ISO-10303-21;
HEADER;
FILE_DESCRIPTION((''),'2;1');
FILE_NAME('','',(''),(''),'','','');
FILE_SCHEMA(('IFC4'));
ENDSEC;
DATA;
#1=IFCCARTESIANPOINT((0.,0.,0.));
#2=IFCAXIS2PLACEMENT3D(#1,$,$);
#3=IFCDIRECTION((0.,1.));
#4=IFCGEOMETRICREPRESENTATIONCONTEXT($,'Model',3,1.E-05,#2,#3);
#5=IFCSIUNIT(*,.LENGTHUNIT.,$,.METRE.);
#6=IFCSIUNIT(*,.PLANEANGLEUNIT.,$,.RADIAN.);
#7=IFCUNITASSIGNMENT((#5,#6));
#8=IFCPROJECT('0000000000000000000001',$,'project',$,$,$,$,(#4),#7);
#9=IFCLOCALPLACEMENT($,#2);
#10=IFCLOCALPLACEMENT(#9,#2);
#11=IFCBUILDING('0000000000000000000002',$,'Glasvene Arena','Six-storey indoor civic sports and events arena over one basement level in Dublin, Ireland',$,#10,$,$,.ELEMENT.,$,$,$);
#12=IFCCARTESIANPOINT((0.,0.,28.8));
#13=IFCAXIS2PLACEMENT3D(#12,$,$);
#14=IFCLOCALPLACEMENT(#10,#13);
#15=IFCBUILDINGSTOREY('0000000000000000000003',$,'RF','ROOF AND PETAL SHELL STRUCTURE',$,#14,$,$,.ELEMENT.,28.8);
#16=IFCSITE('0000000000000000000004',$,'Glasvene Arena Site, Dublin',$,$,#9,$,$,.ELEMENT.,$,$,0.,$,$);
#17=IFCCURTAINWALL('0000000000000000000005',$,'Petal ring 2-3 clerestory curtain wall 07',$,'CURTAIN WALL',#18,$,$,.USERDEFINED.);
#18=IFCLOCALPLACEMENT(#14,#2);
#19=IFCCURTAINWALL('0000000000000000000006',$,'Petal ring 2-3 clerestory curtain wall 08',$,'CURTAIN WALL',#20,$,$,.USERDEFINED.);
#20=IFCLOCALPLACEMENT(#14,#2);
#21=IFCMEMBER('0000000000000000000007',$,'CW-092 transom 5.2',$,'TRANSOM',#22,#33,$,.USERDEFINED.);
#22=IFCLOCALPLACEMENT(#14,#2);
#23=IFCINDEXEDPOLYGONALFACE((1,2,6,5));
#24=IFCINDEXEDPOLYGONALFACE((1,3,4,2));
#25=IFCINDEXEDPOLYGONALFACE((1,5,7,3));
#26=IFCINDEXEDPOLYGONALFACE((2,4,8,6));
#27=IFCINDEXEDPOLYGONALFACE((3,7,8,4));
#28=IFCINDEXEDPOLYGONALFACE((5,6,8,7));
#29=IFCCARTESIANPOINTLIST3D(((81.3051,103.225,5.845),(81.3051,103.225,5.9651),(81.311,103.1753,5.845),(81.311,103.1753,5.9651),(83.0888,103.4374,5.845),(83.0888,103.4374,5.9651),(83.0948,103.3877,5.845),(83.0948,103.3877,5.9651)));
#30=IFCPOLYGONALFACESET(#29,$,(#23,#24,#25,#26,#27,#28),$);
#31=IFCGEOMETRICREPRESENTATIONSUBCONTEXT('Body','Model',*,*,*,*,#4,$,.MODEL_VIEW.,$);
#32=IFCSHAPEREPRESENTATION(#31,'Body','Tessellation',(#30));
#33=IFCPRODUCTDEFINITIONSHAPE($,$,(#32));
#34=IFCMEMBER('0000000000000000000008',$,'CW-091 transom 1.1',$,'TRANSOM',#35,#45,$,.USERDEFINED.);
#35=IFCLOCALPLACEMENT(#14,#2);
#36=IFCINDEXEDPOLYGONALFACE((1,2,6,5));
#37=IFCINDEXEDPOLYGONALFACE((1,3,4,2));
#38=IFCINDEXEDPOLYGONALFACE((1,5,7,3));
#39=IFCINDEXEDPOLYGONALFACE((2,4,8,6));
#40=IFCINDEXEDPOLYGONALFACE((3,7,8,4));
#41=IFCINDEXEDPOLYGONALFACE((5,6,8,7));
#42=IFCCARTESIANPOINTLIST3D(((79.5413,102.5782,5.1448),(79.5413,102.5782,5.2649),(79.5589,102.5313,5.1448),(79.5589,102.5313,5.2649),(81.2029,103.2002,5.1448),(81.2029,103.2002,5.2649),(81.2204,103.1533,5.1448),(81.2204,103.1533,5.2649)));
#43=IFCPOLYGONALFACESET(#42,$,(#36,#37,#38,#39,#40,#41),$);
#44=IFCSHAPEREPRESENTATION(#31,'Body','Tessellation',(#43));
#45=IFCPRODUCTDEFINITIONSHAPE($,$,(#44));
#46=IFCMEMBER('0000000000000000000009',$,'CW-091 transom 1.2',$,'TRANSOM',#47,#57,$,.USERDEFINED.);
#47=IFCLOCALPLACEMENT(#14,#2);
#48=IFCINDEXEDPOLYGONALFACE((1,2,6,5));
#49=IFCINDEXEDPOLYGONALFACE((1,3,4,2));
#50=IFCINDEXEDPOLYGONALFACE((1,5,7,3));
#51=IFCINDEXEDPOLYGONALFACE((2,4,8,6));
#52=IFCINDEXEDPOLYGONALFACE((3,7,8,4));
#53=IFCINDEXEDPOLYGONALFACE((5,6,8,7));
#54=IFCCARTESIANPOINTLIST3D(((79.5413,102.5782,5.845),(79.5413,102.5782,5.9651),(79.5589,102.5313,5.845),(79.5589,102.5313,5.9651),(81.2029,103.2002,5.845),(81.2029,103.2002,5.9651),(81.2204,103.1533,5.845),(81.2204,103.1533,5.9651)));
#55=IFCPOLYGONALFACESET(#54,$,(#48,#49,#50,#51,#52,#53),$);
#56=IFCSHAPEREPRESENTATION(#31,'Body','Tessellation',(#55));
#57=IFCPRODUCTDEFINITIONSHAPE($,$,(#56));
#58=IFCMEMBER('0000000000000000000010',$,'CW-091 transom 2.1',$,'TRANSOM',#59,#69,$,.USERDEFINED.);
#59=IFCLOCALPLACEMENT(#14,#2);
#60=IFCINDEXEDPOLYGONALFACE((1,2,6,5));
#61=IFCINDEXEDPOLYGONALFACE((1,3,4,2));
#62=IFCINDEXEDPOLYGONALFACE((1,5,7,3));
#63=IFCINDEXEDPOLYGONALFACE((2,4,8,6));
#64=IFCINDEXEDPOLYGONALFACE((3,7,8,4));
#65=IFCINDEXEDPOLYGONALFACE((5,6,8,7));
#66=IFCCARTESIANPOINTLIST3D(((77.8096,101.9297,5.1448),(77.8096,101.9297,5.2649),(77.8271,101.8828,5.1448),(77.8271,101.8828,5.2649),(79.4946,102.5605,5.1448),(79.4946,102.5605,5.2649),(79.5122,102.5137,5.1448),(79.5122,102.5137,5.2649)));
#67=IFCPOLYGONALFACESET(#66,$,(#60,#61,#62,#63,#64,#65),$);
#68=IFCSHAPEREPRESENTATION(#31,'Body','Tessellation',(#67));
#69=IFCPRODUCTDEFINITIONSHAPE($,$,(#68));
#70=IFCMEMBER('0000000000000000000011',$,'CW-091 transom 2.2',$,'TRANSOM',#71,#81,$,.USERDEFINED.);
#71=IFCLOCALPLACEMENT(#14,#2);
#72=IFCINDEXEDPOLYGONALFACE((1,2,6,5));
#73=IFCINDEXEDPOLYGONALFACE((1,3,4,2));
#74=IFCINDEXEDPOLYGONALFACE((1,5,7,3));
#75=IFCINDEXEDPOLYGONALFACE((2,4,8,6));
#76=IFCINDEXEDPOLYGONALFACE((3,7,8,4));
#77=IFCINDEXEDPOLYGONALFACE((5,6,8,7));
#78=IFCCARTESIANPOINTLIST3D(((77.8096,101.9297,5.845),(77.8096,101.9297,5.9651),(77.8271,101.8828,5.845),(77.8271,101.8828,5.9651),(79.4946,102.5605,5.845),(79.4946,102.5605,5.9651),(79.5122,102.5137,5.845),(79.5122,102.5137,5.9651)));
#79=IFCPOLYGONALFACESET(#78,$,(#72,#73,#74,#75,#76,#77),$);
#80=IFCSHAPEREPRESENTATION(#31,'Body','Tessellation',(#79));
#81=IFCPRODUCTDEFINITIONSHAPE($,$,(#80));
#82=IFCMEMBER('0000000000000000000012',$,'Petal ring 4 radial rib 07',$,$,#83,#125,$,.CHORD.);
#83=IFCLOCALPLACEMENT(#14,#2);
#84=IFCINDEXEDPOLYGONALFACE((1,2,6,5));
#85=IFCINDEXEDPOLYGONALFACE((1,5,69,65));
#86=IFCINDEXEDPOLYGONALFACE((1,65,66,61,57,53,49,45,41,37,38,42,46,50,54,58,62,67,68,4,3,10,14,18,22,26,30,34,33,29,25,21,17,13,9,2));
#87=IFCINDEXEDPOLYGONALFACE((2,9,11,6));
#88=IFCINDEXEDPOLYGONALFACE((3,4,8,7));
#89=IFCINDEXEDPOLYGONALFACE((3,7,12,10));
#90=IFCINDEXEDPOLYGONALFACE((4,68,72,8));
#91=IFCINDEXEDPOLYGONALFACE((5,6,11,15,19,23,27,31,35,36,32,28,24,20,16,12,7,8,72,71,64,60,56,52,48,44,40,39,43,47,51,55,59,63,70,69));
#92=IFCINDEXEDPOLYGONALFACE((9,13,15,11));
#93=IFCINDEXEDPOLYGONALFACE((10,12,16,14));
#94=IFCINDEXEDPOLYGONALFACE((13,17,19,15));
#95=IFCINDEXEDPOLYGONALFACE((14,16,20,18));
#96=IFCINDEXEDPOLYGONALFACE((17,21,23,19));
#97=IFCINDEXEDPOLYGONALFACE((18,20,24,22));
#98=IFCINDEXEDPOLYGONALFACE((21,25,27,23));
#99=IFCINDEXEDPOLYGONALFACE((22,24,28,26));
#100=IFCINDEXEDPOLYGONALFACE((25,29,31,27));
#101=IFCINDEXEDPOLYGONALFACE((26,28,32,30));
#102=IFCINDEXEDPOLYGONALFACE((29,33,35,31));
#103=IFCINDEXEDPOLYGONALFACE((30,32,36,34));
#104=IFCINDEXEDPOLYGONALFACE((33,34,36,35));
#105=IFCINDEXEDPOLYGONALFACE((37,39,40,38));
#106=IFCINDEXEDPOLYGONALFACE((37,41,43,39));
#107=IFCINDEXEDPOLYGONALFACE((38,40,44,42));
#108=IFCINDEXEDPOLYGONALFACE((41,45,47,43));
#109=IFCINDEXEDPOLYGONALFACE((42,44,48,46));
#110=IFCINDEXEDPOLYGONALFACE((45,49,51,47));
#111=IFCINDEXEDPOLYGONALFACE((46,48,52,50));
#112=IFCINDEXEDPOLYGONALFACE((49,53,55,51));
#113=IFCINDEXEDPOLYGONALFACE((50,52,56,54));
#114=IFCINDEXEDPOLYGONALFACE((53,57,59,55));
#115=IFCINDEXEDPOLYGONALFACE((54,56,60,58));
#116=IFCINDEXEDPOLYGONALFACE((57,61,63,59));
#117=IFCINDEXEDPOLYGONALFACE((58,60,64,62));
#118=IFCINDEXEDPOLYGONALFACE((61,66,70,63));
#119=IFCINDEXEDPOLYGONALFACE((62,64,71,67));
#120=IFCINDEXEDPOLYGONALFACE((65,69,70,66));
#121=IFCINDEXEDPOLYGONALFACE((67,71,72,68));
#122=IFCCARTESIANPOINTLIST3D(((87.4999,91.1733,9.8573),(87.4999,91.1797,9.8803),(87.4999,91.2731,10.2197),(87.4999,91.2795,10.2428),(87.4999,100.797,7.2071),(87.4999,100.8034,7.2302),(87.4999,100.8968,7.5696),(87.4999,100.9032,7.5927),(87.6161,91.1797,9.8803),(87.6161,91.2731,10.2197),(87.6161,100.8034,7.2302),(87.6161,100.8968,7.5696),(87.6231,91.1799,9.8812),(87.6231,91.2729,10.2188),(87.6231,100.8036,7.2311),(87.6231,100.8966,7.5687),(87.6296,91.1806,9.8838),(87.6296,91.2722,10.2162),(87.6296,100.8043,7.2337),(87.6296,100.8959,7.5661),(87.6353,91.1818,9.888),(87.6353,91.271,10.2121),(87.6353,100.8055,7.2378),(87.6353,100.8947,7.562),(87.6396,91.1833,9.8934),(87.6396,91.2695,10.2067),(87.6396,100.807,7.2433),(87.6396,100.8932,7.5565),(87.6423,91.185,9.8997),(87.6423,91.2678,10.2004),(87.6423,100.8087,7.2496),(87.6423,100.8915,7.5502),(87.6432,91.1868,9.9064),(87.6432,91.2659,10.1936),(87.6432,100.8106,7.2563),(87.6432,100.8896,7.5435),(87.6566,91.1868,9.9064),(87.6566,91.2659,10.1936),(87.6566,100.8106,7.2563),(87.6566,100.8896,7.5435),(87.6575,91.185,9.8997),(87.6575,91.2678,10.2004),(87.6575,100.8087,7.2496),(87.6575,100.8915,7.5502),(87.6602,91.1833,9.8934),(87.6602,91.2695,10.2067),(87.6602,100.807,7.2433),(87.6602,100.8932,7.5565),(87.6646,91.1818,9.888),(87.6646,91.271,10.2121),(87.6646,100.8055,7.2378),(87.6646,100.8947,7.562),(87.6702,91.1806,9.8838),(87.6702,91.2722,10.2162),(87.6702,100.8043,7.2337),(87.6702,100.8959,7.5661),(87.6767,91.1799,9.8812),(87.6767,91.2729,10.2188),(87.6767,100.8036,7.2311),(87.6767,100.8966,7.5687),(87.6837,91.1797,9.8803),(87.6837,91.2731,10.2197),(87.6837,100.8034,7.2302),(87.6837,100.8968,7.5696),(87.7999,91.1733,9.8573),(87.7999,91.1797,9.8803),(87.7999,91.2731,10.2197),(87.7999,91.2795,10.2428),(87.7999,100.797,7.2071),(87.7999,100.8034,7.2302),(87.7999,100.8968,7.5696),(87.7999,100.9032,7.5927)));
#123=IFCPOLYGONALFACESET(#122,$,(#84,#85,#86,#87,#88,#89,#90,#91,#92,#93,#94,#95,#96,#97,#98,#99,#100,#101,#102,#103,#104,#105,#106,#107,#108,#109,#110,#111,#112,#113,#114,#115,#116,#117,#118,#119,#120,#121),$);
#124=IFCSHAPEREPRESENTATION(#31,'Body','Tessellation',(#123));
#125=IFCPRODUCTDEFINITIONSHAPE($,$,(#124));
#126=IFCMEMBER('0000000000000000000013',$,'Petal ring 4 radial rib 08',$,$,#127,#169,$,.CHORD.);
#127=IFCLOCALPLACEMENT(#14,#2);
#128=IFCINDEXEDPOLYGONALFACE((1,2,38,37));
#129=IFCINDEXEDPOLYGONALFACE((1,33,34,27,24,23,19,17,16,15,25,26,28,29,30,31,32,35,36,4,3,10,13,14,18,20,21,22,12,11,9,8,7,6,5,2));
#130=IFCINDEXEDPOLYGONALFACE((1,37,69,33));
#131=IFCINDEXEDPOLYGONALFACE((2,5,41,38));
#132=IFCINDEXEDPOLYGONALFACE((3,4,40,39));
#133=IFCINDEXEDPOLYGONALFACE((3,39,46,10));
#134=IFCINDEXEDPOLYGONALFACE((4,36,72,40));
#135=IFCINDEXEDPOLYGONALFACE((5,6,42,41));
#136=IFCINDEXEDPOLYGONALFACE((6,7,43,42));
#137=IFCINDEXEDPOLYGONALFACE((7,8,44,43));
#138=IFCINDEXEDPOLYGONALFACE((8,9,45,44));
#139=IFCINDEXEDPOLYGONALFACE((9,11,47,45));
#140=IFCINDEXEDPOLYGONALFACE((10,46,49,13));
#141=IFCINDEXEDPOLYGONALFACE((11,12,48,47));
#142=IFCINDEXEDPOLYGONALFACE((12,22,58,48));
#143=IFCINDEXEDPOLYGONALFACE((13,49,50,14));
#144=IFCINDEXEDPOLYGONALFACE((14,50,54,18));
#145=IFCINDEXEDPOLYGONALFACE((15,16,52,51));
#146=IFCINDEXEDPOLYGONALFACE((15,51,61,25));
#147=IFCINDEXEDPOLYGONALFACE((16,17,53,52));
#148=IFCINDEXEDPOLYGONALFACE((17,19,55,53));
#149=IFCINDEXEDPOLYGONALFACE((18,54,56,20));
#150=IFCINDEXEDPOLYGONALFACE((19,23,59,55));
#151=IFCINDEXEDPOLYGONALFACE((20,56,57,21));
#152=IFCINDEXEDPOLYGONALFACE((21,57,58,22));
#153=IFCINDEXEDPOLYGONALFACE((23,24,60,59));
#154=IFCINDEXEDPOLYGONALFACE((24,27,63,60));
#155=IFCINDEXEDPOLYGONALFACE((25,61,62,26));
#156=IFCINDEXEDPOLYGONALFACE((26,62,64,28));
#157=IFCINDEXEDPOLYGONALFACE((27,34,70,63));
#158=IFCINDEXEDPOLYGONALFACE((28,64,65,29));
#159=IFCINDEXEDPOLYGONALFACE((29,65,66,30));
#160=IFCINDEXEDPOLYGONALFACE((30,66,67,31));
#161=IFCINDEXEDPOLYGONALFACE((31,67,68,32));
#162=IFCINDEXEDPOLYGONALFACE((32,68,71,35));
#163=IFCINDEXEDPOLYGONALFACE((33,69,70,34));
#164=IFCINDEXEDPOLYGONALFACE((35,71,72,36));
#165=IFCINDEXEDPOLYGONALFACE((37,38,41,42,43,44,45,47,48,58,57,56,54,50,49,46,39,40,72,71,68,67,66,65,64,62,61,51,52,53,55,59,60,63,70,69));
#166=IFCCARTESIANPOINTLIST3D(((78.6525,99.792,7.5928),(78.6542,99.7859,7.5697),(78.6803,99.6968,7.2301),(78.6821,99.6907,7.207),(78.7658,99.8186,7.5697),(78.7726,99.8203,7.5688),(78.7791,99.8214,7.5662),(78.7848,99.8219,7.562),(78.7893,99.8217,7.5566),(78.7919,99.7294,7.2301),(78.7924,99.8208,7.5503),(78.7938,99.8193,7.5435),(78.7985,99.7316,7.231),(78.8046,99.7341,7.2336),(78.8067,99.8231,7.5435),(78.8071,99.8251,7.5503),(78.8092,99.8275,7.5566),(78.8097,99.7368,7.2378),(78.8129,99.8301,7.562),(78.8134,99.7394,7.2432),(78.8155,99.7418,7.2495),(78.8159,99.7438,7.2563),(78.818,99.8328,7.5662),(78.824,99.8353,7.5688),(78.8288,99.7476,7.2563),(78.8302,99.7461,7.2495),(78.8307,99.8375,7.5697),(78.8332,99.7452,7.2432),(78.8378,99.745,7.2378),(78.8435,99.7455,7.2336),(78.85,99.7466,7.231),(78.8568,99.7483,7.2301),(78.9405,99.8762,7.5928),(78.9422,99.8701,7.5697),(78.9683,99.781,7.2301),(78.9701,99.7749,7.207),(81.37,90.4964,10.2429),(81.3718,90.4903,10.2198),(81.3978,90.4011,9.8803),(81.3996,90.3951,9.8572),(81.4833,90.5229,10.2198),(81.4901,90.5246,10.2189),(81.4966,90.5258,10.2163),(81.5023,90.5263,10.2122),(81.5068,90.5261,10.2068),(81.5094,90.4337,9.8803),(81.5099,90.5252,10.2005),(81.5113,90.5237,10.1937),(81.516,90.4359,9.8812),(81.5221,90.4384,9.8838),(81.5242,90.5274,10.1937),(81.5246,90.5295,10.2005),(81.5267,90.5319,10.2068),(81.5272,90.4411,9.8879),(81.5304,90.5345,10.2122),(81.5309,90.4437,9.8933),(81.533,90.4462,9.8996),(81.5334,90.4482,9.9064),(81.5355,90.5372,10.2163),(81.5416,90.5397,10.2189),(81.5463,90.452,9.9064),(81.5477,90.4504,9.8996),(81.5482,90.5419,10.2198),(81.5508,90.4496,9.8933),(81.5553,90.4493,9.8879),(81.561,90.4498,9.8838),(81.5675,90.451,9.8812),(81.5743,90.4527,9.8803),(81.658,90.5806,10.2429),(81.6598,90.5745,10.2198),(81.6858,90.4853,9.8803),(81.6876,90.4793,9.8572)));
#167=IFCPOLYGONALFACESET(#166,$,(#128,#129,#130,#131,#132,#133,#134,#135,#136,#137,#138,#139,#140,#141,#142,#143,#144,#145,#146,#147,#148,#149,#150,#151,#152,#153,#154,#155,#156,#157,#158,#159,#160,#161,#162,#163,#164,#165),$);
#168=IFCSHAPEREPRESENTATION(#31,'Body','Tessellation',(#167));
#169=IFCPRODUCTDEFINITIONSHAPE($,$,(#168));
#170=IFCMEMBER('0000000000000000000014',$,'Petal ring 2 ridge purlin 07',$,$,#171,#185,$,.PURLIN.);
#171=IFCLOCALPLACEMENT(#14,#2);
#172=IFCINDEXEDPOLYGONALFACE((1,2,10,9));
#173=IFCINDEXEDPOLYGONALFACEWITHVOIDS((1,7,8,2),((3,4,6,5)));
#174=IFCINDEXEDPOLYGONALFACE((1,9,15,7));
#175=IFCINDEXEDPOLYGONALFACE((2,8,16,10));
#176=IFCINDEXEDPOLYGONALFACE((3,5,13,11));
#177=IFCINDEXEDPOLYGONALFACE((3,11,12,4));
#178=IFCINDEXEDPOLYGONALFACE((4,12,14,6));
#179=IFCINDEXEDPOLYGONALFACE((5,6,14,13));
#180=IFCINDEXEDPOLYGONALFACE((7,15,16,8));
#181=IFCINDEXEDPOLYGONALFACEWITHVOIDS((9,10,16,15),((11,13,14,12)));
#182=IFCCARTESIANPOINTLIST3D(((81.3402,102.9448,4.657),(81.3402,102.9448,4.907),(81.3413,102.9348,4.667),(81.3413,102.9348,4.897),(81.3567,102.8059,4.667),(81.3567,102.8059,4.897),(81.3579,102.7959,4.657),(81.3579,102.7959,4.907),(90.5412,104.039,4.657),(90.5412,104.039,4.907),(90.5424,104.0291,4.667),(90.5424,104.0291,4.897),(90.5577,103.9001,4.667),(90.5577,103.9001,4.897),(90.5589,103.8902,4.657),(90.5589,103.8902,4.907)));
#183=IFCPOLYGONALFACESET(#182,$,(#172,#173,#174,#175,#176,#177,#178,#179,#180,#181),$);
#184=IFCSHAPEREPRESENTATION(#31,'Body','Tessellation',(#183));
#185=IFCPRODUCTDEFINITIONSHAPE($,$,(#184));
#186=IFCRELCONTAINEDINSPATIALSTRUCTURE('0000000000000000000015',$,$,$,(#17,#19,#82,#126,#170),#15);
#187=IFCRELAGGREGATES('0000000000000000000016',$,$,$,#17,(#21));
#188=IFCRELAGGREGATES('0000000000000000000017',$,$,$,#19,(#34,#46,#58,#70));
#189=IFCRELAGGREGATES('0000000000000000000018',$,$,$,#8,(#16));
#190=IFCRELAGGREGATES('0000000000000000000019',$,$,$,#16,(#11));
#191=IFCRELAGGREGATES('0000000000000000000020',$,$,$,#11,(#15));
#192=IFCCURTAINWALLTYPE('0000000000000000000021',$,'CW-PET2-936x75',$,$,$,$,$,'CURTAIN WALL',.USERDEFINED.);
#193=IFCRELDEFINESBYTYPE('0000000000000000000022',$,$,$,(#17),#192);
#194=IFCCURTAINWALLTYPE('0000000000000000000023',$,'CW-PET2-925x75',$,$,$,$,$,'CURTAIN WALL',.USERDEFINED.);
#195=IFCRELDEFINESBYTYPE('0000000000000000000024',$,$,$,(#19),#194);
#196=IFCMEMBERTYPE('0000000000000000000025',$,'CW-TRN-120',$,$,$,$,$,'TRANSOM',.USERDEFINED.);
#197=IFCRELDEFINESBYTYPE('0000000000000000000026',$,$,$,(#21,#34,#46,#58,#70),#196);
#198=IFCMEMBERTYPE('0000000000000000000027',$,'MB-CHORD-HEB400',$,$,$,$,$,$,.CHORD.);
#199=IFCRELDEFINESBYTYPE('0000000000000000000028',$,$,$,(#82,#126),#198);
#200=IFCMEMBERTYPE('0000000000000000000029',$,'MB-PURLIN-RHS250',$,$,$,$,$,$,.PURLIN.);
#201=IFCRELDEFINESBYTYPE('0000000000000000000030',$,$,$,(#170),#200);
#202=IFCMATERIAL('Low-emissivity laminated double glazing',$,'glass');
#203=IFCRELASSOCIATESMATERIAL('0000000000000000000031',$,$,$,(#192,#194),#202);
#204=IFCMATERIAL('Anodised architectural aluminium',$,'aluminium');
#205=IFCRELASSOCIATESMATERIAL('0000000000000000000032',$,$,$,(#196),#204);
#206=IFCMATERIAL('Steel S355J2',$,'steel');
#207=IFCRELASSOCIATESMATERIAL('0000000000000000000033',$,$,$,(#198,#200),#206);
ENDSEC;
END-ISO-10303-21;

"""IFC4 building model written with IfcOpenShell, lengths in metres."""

from ifc_helpers import new_model, si_unit, direction, frame, origin, origin_2d, place, context, subcontext, project, spatial, rectangle, hollow_rectangle, i_section, extrude, material, material_profile, profile_set, type_object, element, aggregate, save


model = new_model("IFC4")

# Units and contexts
model_context = context("Model", 3, precision=1e-05, world=origin(), true_north=direction((0.0, 1.0)))
body_context = subcontext(model_context, "Body", "Model", "MODEL_VIEW")
ifc_project = project(units=[si_unit("LENGTHUNIT", "METRE"), si_unit("PLANEANGLEUNIT", "RADIAN")], contexts=[model_context])

# Site, building, storey
site_placement = place(None, origin())
site = spatial("IfcSite", under=ifc_project, at=site_placement, Name="Glasvene Arena Site, Dublin", CompositionType="ELEMENT", RefElevation=0.0)
building_placement = place(site_placement, origin())
building = spatial("IfcBuilding", under=site, at=building_placement, Name="Glasvene Arena", Description="Six-storey indoor civic sports and events arena over one basement level in Dublin, Ireland", CompositionType="ELEMENT")
storey_placement = place(building_placement, frame((0.0, 0.0, 28.8)))
storey = spatial("IfcBuildingStorey", under=building, at=storey_placement, Name="RF", Description="ROOF AND PETAL SHELL STRUCTURE", CompositionType="ELEMENT", Elevation=28.8)

# Curtain walls
ifc_material_1 = material(Name="Low-emissivity laminated double glazing", Category="glass")
curtain_wall_type_1 = type_object("IfcCurtainWallType", Name="CW-PET2-936x75", ElementType="CURTAIN WALL", PredefinedType="USERDEFINED", material=ifc_material_1)
curtain_wall_1_placement = place(storey_placement, frame((90.55, 104.3, 0.0)))
curtain_wall_1 = element("IfcCurtainWall", 1, at=curtain_wall_1_placement, inside=storey, type_object=curtain_wall_type_1, Name="Petal ring 2-3 clerestory curtain wall 07", ObjectType="CURTAIN WALL", PredefinedType="USERDEFINED")
ifc_material_2 = material(Name="Anodised architectural aluminium", Category="aluminium")
curtain_wall_type_2 = type_object("IfcCurtainWallType", Name="CW-PET2-925x75", ElementType="CURTAIN WALL", PredefinedType="USERDEFINED", material=ifc_material_1)
curtain_wall_2_placement = place(storey_placement, frame((81.2583, 103.1943, 0.0)))
curtain_wall_2 = element("IfcCurtainWall", 2, at=curtain_wall_2_placement, inside=storey, type_object=curtain_wall_type_2, Name="Petal ring 2-3 clerestory curtain wall 08", ObjectType="CURTAIN WALL", PredefinedType="USERDEFINED")

# Members
ifc_material_profile_1 = material_profile(ifc_material_2, rectangle(XDim=0.05, YDim=0.1201, at=origin_2d()), Name="ALU TRANSOM 50x120")
ifc_profile_set_1 = profile_set([ifc_material_profile_1], Name="Anodised architectural aluminium")
member_type_1 = type_object("IfcMemberType", Name="CW-TRN-120", ElementType="TRANSOM", PredefinedType="USERDEFINED", material=ifc_profile_set_1)
member_1_placement = place(storey_placement, frame((83.0918, 103.4126, 5.905), z_axis=(-0.992984, -0.118245, 0.0), x_axis=(0.118245, -0.992984, 0.0)))
member_1 = element("IfcMember", 3, at=member_1_placement, type_object=member_type_1, Name="CW-092 transom 5.2", ObjectType="TRANSOM", PredefinedType="USERDEFINED", context=body_context, shape_type="SweptSolid", body=[
    extrude(rectangle(XDim=0.05, YDim=0.1201, at=origin_2d()), origin(), (0.0, 0.0, 1.0), 1.7964),
])
member_2_placement = place(storey_placement, frame((81.2117, 103.1768, 5.2048), z_axis=(-0.936521, -0.350611, 0.0), x_axis=(0.350611, -0.936521, 0.0)))
member_2 = element("IfcMember", 4, at=member_2_placement, type_object=member_type_1, Name="CW-091 transom 1.1", ObjectType="TRANSOM", PredefinedType="USERDEFINED", context=body_context, shape_type="SweptSolid", body=[
    extrude(rectangle(XDim=0.05, YDim=0.1201, at=origin_2d()), origin(), (0.0, 0.0, 1.0), 1.7742),
])
member_3_placement = place(storey_placement, frame((81.2117, 103.1768, 5.905), z_axis=(-0.936521, -0.350611, 0.0), x_axis=(0.350611, -0.936521, 0.0)))
member_3 = element("IfcMember", 5, at=member_3_placement, type_object=member_type_1, Name="CW-091 transom 1.2", ObjectType="TRANSOM", PredefinedType="USERDEFINED", context=body_context, shape_type="SweptSolid", body=[
    extrude(rectangle(XDim=0.05, YDim=0.1201, at=origin_2d()), origin(), (0.0, 0.0, 1.0), 1.7742),
])
member_4_placement = place(storey_placement, frame((79.5034, 102.5371, 5.2048), z_axis=(-0.936519, -0.350618, 0.0), x_axis=(0.350618, -0.936519, 0.0)))
member_4 = element("IfcMember", 6, at=member_4_placement, type_object=member_type_1, Name="CW-091 transom 2.1", ObjectType="TRANSOM", PredefinedType="USERDEFINED", context=body_context, shape_type="SweptSolid", body=[
    extrude(rectangle(XDim=0.05, YDim=0.1201, at=origin_2d()), origin(), (0.0, 0.0, 1.0), 1.7993),
])
member_5_placement = place(storey_placement, frame((79.5034, 102.5371, 5.905), z_axis=(-0.936519, -0.350618, 0.0), x_axis=(0.350618, -0.936519, 0.0)))
member_5 = element("IfcMember", 7, at=member_5_placement, type_object=member_type_1, Name="CW-091 transom 2.2", ObjectType="TRANSOM", PredefinedType="USERDEFINED", context=body_context, shape_type="SweptSolid", body=[
    extrude(rectangle(XDim=0.05, YDim=0.1201, at=origin_2d()), origin(), (0.0, 0.0, 1.0), 1.7993),
])

# Members
ifc_material_3 = material(Name="Steel S355J2", Category="steel")
ifc_material_profile_2 = material_profile(ifc_material_3, i_section(OverallWidth=0.3, OverallDepth=0.3999, WebThickness=0.0134, FlangeThickness=0.0239, FilletRadius=0.0271, at=origin_2d()), Name="HEB 400")
ifc_profile_set_2 = profile_set([ifc_material_profile_2], Name="Steel S355J2")
member_type_2 = type_object("IfcMemberType", Name="MB-CHORD-HEB400", PredefinedType="CHORD", material=ifc_profile_set_2)
member_6_placement = place(storey_placement, frame((87.6499, 100.8501, 7.3999), z_axis=(0.0, -0.964113, 0.265492), x_axis=(1.0, 0.0, 0.0)))
element("IfcMember", 8, at=member_6_placement, inside=storey, type_object=member_type_2, Name="Petal ring 4 radial rib 07", PredefinedType="CHORD", context=body_context, shape_type="SweptSolid", body=[
    extrude(i_section(OverallWidth=0.3, OverallDepth=0.3999, WebThickness=0.0134, FlangeThickness=0.0239, FilletRadius=0.0271, at=origin_2d()), origin(), (0.0, 0.0, 1.0), 9.9819),
])
member_7_placement = place(storey_placement, frame((78.8113, 99.7834, 7.3999), z_axis=(0.270649, -0.925789, 0.263938), x_axis=(0.959825, 0.280599, 0.0)))
element("IfcMember", 9, at=member_7_placement, inside=storey, type_object=member_type_2, Name="Petal ring 4 radial rib 08", PredefinedType="CHORD", context=body_context, shape_type="SweptSolid", body=[
    extrude(i_section(OverallWidth=0.3, OverallDepth=0.3999, WebThickness=0.0134, FlangeThickness=0.0239, FilletRadius=0.0271, at=origin_2d()), origin(), (0.0, 0.0, 1.0), 10.0408),
])
ifc_material_profile_3 = material_profile(ifc_material_3, hollow_rectangle(XDim=0.1499, YDim=0.25, WallThickness=0.01, at=origin_2d()), Name="RHS 250x150x10.0")
ifc_profile_set_3 = profile_set([ifc_material_profile_3], Name="Steel S355J2")
member_type_3 = type_object("IfcMemberType", Name="MB-PURLIN-RHS250", PredefinedType="PURLIN", material=ifc_profile_set_3)
member_8_placement = place(storey_placement, frame((90.55, 103.9646, 4.782), z_axis=(-0.993002, -0.118095, 0.0), x_axis=(0.118095, -0.993002, 0.0)))
element("IfcMember", 10, at=member_8_placement, inside=storey, type_object=member_type_3, Name="Petal ring 2 ridge purlin 07", PredefinedType="PURLIN", context=body_context, shape_type="SweptSolid", body=[
    extrude(hollow_rectangle(XDim=0.1499, YDim=0.25, WallThickness=0.01, at=origin_2d()), origin(), (0.0, 0.0, 1.0), 9.2659),
])

aggregate(curtain_wall_1, [member_1])
aggregate(curtain_wall_2, [member_2, member_3, member_4, member_5])

save(model, "model.ifc")
